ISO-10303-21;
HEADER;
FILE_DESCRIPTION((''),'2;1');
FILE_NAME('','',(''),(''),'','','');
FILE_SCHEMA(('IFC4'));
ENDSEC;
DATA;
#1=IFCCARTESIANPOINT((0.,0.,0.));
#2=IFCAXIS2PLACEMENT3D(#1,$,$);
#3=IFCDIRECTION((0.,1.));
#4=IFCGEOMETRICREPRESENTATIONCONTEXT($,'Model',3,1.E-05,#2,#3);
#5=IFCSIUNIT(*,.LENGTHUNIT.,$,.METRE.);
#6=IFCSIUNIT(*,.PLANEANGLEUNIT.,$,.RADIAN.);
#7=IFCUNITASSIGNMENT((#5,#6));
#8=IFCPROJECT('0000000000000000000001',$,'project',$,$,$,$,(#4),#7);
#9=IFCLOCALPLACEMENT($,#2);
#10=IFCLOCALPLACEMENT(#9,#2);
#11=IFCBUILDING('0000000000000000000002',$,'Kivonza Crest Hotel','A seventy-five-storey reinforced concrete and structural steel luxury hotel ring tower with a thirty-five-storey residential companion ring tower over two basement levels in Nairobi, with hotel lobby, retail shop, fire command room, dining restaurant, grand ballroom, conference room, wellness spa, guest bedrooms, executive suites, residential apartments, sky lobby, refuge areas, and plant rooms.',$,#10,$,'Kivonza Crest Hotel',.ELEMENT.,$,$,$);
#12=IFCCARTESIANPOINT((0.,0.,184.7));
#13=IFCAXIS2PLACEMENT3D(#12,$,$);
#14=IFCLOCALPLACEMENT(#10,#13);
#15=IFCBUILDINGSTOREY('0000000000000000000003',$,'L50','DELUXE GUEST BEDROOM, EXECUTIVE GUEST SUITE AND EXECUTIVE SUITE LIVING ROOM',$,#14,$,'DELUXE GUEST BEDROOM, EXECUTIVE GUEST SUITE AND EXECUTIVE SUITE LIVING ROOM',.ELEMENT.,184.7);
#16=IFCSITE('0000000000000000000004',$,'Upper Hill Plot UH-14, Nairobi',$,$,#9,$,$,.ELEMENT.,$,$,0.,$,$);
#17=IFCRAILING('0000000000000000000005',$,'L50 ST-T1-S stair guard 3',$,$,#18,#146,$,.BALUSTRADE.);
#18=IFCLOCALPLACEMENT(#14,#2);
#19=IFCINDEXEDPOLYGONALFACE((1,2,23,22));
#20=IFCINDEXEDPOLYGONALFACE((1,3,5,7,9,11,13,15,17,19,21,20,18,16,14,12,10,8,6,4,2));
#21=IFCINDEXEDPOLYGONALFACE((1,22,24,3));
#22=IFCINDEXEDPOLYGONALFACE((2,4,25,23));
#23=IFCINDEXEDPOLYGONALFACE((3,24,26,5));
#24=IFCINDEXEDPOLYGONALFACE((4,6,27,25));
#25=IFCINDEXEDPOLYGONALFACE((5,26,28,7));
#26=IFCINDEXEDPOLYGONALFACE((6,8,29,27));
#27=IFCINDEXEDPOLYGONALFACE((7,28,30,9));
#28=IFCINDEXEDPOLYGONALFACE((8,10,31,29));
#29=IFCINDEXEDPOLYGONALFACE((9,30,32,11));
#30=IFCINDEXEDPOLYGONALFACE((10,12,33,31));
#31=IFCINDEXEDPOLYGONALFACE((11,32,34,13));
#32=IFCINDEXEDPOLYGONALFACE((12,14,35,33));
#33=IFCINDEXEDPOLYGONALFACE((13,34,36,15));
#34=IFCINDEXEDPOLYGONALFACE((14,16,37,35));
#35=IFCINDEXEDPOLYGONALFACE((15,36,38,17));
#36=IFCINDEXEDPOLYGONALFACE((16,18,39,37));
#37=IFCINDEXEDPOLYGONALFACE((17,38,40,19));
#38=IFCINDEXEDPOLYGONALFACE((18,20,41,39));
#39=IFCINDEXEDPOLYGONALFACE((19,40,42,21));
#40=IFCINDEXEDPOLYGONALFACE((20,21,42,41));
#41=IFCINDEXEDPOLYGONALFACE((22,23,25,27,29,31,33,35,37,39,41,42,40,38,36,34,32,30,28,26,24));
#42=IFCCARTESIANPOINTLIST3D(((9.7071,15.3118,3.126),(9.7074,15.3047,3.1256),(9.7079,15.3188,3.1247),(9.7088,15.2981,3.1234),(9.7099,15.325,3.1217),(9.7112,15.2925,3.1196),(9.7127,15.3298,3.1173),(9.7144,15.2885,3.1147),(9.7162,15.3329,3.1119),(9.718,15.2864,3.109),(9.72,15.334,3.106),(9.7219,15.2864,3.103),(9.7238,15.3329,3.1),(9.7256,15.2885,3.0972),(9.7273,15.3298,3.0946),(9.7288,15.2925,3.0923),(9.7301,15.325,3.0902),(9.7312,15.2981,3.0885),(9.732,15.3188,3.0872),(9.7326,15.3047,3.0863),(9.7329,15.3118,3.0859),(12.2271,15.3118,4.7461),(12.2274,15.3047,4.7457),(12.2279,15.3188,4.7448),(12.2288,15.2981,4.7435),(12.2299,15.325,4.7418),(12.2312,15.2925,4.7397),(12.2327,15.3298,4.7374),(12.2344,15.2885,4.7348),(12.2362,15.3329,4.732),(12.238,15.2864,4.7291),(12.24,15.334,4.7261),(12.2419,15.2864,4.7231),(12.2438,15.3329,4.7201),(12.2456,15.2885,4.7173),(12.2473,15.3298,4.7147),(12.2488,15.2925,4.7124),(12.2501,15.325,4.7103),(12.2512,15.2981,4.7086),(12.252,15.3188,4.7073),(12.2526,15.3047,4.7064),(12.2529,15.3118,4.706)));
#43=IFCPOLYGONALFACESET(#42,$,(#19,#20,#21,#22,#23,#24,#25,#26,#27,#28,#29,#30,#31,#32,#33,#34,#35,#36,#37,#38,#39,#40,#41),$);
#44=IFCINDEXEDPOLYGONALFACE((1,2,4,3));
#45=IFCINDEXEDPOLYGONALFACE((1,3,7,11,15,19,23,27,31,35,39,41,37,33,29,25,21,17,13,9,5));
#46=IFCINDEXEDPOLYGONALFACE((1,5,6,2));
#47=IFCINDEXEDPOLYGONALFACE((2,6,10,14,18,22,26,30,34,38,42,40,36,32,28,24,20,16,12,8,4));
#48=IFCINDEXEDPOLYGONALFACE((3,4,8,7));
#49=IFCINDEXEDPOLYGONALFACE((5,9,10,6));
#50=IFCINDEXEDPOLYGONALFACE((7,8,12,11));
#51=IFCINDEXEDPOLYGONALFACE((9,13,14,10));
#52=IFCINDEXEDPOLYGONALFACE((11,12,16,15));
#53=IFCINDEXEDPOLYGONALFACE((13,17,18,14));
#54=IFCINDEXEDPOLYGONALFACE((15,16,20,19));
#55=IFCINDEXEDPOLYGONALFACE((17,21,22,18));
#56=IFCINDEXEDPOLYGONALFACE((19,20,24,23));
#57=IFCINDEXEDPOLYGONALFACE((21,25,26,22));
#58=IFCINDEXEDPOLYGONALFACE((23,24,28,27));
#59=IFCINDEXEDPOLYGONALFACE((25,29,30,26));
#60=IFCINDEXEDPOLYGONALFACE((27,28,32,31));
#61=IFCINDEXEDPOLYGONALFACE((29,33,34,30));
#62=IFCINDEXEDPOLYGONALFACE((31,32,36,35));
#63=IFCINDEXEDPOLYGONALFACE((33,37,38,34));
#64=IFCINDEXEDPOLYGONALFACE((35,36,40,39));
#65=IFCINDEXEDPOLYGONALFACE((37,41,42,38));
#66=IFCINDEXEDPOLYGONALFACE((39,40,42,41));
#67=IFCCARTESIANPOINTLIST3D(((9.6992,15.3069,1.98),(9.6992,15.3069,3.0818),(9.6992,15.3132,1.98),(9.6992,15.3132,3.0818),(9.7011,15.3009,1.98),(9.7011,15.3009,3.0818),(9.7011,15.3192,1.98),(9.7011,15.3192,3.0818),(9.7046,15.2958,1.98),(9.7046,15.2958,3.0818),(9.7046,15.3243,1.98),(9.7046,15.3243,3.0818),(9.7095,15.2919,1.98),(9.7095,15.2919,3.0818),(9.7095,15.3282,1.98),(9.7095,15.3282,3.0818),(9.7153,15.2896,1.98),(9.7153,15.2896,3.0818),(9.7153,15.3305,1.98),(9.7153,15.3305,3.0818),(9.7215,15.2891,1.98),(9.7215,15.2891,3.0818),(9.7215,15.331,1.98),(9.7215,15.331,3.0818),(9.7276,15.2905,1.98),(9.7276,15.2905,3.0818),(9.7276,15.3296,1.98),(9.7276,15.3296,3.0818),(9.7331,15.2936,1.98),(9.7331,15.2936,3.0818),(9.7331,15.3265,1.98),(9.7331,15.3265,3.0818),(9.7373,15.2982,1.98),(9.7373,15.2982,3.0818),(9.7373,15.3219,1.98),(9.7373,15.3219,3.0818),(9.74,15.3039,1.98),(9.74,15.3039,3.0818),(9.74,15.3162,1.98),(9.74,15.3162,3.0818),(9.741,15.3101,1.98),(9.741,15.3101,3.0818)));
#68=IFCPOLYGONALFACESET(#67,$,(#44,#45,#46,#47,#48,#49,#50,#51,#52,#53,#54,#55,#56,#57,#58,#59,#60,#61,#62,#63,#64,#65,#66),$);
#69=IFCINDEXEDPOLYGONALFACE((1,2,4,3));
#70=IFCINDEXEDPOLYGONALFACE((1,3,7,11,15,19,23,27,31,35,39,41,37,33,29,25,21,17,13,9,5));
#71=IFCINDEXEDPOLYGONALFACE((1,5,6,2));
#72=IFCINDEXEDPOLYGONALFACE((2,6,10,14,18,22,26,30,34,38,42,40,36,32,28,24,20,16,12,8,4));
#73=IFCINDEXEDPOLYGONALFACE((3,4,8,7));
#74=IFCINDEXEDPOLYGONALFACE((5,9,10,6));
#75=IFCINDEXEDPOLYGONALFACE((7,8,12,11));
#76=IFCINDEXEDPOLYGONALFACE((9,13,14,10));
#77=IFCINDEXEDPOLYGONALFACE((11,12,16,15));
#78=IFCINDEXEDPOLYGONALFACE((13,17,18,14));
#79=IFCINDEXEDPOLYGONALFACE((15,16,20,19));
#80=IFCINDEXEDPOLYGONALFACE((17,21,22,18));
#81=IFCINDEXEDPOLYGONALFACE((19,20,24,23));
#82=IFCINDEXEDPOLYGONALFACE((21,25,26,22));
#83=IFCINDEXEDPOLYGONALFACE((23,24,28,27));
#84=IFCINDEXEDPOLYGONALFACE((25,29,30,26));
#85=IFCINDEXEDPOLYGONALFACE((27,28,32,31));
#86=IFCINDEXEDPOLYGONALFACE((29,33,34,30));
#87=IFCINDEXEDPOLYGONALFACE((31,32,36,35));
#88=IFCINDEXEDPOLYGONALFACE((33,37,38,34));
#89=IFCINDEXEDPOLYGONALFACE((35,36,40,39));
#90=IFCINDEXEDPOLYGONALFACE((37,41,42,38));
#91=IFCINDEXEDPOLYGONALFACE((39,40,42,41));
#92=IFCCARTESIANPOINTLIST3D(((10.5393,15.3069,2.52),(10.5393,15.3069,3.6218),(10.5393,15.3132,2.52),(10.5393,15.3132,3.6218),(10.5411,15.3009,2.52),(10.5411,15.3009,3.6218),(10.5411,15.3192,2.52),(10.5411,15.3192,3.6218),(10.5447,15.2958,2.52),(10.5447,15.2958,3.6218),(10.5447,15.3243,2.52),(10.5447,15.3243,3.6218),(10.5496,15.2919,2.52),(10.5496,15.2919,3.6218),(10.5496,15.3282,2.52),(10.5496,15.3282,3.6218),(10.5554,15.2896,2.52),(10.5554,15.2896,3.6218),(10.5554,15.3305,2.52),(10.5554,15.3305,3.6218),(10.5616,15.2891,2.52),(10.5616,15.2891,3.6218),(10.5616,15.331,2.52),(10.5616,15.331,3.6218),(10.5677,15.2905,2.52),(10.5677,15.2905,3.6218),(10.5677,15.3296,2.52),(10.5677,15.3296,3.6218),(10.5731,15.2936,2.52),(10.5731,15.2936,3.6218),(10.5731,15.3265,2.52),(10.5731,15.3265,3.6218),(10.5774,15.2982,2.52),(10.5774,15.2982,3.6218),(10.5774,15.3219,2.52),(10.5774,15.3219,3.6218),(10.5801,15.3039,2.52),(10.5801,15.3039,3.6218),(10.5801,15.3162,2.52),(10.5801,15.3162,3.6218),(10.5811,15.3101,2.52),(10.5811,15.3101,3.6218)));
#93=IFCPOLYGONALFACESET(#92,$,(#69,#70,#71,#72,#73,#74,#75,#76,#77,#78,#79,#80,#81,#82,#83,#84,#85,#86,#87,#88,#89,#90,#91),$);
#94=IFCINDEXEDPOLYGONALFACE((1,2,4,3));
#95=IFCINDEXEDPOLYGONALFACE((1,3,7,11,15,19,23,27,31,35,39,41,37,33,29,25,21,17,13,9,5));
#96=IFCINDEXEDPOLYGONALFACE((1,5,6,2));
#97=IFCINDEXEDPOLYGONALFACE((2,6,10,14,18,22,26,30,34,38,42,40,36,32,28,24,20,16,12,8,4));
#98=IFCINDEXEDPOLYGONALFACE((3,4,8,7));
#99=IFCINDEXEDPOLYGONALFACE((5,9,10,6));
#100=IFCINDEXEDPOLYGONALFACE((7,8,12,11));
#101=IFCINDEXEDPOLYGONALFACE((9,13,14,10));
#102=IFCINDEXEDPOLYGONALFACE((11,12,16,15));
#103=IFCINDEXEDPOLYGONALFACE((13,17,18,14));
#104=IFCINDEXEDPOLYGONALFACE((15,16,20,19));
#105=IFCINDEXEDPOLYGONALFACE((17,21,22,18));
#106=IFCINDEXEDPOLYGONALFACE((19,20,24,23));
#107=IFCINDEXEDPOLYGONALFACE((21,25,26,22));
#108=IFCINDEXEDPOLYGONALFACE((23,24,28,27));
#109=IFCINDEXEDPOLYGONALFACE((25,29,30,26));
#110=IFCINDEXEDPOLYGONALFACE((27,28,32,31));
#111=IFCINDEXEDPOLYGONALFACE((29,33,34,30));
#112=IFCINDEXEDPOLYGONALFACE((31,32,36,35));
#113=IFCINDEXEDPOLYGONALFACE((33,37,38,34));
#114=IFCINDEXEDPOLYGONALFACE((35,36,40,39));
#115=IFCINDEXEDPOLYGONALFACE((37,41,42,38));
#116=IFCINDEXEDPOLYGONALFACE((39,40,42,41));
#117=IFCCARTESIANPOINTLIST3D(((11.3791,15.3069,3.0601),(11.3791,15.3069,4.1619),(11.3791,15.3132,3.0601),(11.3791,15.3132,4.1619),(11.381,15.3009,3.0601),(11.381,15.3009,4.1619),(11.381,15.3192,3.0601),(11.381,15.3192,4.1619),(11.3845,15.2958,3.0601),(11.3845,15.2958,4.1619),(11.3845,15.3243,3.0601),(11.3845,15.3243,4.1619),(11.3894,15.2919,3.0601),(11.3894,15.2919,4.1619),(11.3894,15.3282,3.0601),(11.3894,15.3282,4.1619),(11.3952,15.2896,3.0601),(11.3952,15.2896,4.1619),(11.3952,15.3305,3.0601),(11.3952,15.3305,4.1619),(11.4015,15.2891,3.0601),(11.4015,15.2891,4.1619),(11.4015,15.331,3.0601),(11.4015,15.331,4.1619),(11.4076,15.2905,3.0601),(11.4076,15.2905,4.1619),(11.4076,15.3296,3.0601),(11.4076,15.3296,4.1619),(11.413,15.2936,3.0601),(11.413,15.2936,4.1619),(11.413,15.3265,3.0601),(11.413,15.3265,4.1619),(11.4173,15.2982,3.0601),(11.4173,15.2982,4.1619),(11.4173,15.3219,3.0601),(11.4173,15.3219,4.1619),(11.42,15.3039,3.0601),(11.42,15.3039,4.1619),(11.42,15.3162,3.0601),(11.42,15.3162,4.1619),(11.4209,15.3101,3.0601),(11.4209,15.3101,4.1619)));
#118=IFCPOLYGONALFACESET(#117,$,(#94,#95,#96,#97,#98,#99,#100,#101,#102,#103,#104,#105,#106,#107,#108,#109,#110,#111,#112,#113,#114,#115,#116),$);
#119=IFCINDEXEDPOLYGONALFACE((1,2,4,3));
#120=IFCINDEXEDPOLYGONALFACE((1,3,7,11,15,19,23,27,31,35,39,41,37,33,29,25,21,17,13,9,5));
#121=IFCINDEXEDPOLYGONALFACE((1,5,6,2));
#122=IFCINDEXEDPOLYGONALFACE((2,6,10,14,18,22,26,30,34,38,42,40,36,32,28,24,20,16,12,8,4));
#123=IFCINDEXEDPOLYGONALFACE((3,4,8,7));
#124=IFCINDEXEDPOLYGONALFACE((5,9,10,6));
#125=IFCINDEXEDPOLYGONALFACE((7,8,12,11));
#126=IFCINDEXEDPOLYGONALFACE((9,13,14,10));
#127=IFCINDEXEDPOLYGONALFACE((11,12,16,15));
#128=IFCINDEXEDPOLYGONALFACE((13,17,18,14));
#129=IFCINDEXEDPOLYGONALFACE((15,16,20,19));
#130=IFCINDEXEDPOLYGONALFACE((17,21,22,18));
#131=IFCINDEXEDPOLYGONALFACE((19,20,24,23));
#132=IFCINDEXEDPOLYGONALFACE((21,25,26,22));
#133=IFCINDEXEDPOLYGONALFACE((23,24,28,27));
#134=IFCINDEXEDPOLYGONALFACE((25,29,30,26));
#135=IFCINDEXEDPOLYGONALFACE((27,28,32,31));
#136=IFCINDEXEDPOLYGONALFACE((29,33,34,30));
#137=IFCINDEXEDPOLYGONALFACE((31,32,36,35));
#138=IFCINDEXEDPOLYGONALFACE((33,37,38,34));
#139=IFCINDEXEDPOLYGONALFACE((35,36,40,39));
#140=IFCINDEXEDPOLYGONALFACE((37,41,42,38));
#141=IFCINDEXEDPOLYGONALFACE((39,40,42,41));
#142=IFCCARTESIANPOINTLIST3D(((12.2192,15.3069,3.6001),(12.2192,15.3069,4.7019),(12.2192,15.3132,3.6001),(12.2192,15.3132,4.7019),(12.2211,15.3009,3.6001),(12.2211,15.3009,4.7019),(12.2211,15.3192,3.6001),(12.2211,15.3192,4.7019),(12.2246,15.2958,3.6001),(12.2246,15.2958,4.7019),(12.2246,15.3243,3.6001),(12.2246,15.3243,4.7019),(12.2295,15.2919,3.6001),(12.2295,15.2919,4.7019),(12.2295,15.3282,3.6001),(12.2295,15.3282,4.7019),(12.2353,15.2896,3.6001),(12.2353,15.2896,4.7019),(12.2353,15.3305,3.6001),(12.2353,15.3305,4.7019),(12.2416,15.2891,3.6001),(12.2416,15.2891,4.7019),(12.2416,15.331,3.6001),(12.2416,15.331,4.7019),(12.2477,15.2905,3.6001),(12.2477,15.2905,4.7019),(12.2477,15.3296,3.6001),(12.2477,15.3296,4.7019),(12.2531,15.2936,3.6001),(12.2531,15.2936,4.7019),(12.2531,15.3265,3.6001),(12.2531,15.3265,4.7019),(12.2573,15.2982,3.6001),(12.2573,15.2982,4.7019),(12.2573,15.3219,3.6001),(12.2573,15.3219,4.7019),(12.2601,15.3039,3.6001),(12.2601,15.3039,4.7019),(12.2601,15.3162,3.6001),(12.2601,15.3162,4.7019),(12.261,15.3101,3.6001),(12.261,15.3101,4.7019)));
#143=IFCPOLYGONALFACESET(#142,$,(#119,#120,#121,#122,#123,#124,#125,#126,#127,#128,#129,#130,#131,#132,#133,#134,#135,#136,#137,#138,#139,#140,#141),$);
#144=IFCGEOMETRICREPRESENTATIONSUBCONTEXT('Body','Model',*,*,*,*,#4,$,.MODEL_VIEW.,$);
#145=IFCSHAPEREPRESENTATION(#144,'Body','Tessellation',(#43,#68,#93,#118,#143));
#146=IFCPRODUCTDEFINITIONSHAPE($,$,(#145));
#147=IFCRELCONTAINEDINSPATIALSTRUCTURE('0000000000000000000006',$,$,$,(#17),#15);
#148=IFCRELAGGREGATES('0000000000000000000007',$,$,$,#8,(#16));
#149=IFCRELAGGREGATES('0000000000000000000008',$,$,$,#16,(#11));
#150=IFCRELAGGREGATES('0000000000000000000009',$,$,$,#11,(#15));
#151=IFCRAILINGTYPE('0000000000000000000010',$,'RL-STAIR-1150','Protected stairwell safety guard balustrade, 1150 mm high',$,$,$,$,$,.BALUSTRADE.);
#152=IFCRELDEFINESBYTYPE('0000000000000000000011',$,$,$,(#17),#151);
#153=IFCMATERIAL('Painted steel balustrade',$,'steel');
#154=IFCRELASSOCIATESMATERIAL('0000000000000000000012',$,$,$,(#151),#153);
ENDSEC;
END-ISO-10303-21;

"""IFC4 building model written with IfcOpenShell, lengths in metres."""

from ifc_helpers import new_model, si_unit, direction, frame, origin, origin_2d, place, context, subcontext, project, spatial, circle, extrude, material, type_object, element, save


model = new_model("IFC4")

# Units and contexts
model_context = context("Model", 3, precision=1e-05, world=origin(), true_north=direction((0.0, 1.0)))
body_context = subcontext(model_context, "Body", "Model", "MODEL_VIEW")
ifc_project = project(units=[si_unit("LENGTHUNIT", "METRE"), si_unit("PLANEANGLEUNIT", "RADIAN")], contexts=[model_context])

# Site, building, storey
site_placement = place(None, origin())
site = spatial("IfcSite", under=ifc_project, at=site_placement, Name="Upper Hill Plot UH-14, Nairobi", CompositionType="ELEMENT", RefElevation=0.0)
building_placement = place(site_placement, origin())
building = spatial("IfcBuilding", under=site, at=building_placement, Name="Kivonza Crest Hotel", Description="A seventy-five-storey reinforced concrete and structural steel luxury hotel ring tower with a thirty-five-storey residential companion ring tower over two basement levels in Nairobi, with hotel lobby, retail shop, fire command room, dining restaurant, grand ballroom, conference room, wellness spa, guest bedrooms, executive suites, residential apartments, sky lobby, refuge areas, and plant rooms.", LongName="Kivonza Crest Hotel", CompositionType="ELEMENT")
storey_placement = place(building_placement, frame((0.0, 0.0, 184.7)))
storey = spatial("IfcBuildingStorey", under=building, at=storey_placement, Name="L50", Description="DELUXE GUEST BEDROOM, EXECUTIVE GUEST SUITE AND EXECUTIVE SUITE LIVING ROOM", LongName="DELUXE GUEST BEDROOM, EXECUTIVE GUEST SUITE AND EXECUTIVE SUITE LIVING ROOM", CompositionType="ELEMENT", Elevation=184.7)

# Railing
ifc_material_1 = material(Name="Painted steel balustrade", Category="steel")
railing_type_1 = type_object("IfcRailingType", Name="RL-STAIR-1150", Description="Protected stairwell safety guard balustrade, 1150 mm high", PredefinedType="BALUSTRADE", material=ifc_material_1)
railing_1_placement = place(storey_placement, frame((9.72, 15.3101, 1.98)))
element("IfcRailing", 1, at=railing_1_placement, inside=storey, type_object=railing_type_1, Name="L50 ST-T1-S stair guard 3", PredefinedType="BALUSTRADE", context=body_context, shape_type="SweptSolid", body=[
    extrude(circle(Radius=0.0239, at=origin_2d()), frame((0.0, 0.0, 1.126), z_axis=(0.841163, 0.0, 0.540782), x_axis=(0.0, 1.0, 0.0)), (0.0, 0.0, 1.0), 2.9958),
    extrude(circle(Radius=0.021, at=origin_2d()), origin(), (0.0, 0.0, 1.0), 1.1018),
    extrude(circle(Radius=0.021, at=origin_2d()), frame((0.8401, 0.0, 0.54)), (0.0, 0.0, 1.0), 1.1018),
    extrude(circle(Radius=0.021, at=origin_2d()), frame((1.6799, 0.0, 1.0801)), (0.0, 0.0, 1.0), 1.1018),
    extrude(circle(Radius=0.021, at=origin_2d()), frame((2.52, 0.0, 1.6201)), (0.0, 0.0, 1.0), 1.1018),
])

save(model, "model.ifc")
